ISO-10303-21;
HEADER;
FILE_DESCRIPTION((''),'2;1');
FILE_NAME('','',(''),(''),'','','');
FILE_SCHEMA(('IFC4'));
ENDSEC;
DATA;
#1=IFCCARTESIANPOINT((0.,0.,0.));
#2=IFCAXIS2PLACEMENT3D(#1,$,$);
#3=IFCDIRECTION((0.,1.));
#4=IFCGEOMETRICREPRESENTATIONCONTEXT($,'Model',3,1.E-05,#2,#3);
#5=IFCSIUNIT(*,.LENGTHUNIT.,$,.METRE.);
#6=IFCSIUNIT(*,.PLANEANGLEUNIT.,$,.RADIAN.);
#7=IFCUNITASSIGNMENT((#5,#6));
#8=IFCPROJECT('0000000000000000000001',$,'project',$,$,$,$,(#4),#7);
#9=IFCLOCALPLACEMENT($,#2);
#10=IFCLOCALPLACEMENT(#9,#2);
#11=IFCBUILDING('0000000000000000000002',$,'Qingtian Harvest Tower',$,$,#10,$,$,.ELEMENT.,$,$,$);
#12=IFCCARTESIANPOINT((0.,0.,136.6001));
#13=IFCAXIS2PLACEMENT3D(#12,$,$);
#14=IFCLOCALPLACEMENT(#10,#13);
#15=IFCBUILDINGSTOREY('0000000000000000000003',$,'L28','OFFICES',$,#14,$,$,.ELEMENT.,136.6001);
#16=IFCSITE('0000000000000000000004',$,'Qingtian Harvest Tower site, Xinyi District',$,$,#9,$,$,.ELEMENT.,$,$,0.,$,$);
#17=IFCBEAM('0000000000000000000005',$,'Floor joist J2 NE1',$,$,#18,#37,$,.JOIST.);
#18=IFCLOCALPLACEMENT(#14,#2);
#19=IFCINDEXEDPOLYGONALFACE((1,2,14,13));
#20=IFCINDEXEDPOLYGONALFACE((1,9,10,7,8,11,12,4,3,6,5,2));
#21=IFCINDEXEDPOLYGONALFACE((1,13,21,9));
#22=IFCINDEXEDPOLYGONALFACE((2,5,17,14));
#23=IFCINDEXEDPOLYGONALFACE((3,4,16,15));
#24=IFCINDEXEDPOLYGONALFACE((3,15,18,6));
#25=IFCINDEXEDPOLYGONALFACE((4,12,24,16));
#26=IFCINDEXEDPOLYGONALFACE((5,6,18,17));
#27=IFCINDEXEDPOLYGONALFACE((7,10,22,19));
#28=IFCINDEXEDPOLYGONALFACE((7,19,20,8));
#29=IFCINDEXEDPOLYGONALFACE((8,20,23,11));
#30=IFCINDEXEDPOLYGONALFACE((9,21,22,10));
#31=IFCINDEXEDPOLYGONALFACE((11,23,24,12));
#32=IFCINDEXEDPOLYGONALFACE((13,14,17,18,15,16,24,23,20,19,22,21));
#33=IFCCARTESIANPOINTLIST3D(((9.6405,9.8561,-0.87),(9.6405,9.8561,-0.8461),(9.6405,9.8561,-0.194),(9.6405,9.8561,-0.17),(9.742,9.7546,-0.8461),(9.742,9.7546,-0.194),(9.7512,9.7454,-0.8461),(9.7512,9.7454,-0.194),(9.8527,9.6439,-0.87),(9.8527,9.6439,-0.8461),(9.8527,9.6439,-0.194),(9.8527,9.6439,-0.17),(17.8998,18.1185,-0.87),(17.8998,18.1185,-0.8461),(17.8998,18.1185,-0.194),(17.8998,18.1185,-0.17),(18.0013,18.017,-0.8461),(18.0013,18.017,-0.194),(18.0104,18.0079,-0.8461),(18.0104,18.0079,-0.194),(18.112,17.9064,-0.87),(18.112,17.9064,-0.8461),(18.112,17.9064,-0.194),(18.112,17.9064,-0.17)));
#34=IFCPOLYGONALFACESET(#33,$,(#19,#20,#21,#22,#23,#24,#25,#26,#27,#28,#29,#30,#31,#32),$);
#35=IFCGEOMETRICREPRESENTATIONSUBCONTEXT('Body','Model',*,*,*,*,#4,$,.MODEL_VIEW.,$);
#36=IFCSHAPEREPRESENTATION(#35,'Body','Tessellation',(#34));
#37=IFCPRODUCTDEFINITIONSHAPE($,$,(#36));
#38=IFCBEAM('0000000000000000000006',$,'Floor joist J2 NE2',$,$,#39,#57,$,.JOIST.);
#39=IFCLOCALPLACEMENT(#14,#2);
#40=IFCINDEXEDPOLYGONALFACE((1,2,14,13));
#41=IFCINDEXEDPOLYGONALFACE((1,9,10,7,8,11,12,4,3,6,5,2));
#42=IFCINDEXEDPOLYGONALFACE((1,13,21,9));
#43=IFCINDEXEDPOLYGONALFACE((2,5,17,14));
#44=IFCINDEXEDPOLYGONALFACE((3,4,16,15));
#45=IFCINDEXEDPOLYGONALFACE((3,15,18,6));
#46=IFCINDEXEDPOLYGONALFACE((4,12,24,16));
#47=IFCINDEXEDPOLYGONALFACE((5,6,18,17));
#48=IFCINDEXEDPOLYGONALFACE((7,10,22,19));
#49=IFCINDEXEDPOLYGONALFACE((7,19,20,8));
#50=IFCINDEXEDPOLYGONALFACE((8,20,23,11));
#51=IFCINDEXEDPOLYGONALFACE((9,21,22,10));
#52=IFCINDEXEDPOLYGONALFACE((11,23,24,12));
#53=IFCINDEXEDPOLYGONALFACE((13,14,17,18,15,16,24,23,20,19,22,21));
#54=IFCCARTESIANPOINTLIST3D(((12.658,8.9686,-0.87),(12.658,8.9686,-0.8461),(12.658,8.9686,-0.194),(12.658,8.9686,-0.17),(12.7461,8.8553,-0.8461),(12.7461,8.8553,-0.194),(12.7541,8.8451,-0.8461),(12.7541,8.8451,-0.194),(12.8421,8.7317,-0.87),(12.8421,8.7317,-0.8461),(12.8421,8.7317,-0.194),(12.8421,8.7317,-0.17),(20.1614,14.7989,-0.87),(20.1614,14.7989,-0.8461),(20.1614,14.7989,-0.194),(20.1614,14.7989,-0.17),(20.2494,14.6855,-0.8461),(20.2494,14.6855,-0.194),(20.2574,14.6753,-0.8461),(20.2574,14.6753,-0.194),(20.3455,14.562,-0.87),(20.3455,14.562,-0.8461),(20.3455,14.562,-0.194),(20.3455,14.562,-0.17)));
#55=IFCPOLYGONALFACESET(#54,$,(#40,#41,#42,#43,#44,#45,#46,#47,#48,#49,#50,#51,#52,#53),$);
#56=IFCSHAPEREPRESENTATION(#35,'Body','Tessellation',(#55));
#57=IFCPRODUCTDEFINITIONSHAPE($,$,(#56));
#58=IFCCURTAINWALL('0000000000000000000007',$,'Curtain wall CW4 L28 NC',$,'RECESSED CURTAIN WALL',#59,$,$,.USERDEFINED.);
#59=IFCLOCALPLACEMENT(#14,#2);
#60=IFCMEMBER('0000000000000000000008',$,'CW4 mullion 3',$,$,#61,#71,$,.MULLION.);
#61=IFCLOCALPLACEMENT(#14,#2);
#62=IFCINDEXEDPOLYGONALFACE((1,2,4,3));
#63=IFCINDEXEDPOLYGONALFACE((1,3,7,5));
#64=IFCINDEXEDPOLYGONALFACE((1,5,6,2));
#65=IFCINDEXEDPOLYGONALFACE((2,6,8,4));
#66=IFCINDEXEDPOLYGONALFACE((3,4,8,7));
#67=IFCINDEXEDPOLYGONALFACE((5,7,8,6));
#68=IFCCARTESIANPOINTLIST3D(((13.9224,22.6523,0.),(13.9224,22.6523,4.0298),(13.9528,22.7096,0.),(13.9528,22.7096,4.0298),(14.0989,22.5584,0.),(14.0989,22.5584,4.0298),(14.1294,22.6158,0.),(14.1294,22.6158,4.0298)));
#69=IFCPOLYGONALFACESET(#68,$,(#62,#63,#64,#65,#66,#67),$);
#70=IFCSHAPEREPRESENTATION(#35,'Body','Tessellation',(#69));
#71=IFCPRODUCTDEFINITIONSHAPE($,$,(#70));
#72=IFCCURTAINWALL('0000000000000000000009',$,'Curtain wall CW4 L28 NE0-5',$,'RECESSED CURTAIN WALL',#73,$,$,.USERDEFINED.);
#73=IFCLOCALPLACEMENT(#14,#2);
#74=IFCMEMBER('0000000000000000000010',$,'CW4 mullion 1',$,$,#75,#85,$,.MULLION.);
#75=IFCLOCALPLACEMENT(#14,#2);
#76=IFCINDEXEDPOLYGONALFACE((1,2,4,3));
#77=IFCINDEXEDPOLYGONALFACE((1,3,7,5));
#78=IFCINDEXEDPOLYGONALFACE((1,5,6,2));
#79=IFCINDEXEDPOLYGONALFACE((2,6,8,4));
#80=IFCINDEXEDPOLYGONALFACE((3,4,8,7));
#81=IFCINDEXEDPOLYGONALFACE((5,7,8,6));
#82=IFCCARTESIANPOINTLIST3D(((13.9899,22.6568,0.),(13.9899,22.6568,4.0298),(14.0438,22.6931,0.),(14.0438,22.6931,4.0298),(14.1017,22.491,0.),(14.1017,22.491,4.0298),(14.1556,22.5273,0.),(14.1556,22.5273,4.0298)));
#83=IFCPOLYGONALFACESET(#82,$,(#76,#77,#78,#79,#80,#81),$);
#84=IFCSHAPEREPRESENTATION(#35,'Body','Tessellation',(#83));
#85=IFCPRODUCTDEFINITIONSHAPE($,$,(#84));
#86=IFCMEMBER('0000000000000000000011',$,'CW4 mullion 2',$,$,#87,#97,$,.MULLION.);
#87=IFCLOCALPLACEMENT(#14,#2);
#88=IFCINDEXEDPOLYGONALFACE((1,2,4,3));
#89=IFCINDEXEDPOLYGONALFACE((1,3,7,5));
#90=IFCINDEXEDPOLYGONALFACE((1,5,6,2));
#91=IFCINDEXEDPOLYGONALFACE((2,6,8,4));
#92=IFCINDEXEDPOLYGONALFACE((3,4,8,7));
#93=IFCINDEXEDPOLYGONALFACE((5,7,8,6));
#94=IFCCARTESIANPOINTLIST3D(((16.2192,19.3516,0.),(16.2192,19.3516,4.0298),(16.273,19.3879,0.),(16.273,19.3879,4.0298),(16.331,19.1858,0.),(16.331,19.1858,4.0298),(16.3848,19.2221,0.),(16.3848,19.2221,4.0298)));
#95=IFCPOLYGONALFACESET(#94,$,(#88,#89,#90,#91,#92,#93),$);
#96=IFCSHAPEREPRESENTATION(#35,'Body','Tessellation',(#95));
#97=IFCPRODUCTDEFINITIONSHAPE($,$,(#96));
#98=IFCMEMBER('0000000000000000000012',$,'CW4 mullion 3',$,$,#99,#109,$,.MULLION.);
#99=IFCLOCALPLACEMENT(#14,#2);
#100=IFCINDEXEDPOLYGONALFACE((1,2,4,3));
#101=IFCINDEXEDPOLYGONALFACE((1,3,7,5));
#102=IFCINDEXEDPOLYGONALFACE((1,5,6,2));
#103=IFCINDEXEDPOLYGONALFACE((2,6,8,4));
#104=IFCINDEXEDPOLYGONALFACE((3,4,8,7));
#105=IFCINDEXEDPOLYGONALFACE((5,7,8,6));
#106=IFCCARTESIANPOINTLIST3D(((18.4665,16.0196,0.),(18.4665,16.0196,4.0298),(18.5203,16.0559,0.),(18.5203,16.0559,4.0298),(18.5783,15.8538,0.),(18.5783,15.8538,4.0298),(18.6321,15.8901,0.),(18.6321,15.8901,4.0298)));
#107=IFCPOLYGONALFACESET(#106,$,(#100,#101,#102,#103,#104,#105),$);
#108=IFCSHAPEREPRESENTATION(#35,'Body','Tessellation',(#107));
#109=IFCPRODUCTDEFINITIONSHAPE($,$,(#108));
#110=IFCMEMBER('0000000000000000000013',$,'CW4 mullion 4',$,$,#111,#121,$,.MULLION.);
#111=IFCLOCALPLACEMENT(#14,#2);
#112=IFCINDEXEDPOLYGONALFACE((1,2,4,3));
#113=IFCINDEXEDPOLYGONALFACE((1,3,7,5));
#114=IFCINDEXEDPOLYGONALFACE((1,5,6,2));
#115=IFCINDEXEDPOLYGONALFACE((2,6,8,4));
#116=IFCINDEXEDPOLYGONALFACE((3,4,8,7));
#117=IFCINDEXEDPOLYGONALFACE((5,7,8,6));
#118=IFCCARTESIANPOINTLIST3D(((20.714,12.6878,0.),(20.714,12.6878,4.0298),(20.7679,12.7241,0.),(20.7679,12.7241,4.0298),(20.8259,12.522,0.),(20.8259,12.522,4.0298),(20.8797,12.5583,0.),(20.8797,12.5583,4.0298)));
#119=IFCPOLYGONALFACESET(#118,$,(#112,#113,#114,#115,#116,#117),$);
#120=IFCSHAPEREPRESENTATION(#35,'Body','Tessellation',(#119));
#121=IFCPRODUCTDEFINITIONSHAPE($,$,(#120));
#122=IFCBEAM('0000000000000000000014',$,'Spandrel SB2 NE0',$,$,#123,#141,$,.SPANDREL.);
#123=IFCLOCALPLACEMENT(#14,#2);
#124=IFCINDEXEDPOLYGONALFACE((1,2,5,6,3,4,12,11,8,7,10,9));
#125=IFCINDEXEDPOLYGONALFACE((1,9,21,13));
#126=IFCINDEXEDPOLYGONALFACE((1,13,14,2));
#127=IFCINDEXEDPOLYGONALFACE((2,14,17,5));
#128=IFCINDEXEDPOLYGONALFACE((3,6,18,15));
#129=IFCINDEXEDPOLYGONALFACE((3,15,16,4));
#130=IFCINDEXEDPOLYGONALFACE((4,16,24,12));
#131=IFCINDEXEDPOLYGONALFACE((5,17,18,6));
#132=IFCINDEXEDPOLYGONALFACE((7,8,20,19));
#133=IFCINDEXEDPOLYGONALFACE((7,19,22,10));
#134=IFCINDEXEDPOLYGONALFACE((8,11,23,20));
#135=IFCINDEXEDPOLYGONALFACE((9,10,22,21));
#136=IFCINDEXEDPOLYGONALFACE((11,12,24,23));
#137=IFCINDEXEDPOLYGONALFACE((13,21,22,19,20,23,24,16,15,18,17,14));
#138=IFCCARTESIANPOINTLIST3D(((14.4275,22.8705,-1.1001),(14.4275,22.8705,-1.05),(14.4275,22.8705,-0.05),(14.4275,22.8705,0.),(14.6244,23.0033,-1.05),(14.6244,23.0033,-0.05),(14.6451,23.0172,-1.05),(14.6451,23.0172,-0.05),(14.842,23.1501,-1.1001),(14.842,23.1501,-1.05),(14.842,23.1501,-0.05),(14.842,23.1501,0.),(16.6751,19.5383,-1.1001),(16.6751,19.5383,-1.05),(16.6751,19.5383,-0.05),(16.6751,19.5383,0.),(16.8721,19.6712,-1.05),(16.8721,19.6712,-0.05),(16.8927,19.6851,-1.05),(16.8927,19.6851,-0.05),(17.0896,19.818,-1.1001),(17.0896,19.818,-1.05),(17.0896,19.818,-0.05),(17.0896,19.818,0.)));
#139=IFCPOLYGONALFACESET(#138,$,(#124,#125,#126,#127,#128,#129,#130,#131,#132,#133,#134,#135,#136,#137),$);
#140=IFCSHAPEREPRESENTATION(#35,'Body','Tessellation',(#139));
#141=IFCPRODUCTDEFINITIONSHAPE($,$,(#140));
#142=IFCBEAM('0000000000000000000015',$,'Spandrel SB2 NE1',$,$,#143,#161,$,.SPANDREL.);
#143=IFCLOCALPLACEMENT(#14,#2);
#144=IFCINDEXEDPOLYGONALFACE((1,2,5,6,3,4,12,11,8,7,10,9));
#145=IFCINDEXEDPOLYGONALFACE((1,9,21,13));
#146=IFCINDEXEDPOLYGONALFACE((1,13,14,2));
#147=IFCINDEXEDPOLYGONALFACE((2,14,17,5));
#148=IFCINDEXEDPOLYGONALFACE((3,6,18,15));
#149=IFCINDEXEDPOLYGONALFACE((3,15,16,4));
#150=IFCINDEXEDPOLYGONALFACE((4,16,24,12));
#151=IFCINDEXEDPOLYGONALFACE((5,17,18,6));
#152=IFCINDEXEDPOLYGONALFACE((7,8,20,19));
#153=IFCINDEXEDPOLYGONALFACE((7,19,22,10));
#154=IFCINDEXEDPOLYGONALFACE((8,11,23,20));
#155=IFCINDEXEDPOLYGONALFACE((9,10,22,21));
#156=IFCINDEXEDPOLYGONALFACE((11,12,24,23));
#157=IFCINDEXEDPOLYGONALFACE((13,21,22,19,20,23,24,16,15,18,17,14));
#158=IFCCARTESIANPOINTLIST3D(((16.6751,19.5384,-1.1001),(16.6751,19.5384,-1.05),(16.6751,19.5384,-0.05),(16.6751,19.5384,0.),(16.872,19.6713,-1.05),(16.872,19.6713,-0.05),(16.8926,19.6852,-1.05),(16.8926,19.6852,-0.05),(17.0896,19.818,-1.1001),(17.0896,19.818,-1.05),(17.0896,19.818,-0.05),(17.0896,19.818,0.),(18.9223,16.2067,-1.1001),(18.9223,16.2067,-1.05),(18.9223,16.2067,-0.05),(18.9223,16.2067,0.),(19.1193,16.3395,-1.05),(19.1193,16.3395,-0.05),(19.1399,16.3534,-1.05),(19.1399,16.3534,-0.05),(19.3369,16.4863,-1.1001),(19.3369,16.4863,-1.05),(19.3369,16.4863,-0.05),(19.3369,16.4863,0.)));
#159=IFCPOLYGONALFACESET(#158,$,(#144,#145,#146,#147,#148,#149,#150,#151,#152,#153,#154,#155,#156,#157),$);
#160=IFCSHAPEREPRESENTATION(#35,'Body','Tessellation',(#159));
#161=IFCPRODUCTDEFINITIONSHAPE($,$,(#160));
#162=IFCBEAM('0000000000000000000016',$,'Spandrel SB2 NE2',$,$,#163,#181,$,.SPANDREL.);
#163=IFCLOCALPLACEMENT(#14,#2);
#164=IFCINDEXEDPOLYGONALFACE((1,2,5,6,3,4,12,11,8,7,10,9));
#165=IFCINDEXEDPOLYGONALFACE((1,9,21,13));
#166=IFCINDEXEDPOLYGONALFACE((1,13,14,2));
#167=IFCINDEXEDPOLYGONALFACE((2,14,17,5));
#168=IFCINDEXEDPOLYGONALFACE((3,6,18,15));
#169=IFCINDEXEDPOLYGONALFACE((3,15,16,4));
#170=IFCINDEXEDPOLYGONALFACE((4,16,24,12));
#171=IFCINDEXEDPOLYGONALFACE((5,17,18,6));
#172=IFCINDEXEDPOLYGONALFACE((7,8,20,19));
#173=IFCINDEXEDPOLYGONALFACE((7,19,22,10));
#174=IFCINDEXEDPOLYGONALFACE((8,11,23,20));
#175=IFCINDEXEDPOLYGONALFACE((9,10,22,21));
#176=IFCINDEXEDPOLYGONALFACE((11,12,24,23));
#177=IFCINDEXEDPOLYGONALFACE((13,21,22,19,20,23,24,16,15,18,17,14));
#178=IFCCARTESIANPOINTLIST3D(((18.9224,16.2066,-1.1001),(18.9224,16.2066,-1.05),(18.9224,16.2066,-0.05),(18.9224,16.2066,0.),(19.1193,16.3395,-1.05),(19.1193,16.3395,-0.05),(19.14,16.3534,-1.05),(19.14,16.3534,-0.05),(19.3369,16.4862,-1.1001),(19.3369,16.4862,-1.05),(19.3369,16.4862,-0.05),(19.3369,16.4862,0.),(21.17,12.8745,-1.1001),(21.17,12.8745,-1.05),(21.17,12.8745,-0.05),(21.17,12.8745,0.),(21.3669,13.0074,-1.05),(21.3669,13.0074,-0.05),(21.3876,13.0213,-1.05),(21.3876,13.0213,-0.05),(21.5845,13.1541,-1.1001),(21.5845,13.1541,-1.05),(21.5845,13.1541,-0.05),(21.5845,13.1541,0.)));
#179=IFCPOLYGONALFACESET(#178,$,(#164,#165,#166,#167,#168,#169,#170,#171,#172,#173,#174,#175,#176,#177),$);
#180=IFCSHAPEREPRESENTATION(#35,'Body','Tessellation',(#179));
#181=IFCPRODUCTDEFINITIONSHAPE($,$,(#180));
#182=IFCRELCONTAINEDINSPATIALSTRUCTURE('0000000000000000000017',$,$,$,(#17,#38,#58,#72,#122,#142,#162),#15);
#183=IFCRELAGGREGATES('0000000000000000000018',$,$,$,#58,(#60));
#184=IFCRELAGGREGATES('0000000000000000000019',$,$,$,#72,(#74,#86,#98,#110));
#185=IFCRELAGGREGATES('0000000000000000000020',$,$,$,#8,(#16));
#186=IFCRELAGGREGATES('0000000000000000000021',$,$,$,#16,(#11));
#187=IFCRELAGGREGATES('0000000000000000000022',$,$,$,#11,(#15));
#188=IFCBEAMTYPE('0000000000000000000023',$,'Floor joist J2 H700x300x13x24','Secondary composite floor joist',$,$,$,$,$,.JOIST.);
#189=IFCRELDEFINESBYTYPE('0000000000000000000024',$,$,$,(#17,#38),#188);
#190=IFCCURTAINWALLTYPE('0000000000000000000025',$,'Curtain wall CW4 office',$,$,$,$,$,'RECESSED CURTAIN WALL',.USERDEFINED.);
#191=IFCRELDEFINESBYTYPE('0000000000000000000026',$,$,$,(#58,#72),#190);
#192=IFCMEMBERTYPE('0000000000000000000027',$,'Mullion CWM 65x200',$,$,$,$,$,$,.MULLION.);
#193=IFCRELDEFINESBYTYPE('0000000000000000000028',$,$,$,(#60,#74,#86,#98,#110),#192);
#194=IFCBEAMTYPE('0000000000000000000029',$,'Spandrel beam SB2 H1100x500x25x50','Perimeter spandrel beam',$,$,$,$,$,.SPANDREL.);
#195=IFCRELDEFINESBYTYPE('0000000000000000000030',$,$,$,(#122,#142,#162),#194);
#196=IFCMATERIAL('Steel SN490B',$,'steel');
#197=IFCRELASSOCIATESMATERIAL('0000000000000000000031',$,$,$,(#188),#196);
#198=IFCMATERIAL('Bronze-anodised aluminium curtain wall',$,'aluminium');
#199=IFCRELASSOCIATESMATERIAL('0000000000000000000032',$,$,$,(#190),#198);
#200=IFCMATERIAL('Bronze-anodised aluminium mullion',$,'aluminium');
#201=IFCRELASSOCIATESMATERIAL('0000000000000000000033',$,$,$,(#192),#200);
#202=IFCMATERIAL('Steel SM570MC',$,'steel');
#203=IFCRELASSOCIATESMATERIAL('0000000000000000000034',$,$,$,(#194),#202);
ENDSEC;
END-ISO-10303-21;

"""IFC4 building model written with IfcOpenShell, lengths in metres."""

from ifc_helpers import new_model, si_unit, direction, frame, origin, origin_2d, place, context, subcontext, project, spatial, rectangle, i_section, extrude, material, material_profile, profile_set, type_object, element, aggregate, save


model = new_model("IFC4")

# Units and contexts
model_context = context("Model", 3, precision=1e-05, world=origin(), true_north=direction((0.0, 1.0)))
body_context = subcontext(model_context, "Body", "Model", "MODEL_VIEW")
ifc_project = project(units=[si_unit("LENGTHUNIT", "METRE"), si_unit("PLANEANGLEUNIT", "RADIAN")], contexts=[model_context])

# Site, building, storey
site_placement = place(None, origin())
site = spatial("IfcSite", under=ifc_project, at=site_placement, Name="Qingtian Harvest Tower site, Xinyi District", CompositionType="ELEMENT", RefElevation=0.0)
building_placement = place(site_placement, origin())
building = spatial("IfcBuilding", under=site, at=building_placement, Name="Qingtian Harvest Tower", CompositionType="ELEMENT")
storey_placement = place(building_placement, frame((0.0, 0.0, 136.6001)))
storey = spatial("IfcBuildingStorey", under=building, at=storey_placement, Name="L28", Description="OFFICES", CompositionType="ELEMENT", Elevation=136.6001)

# Beams
ifc_material_1 = material(Name="Steel SN490B", Category="steel")
ifc_material_profile_1 = material_profile(ifc_material_1, i_section(OverallWidth=0.3, OverallDepth=0.7, WebThickness=0.0129, FlangeThickness=0.0239, at=origin_2d()), Name="H700x300x13x24")
ifc_profile_set_1 = profile_set([ifc_material_profile_1], Name="Steel SN490B")
beam_type_1 = type_object("IfcBeamType", Name="Floor joist J2 H700x300x13x24", Description="Secondary composite floor joist", PredefinedType="JOIST", material=ifc_profile_set_1)
beam_1_placement = place(storey_placement, frame((18.0059, 18.0125, -0.52), z_axis=(-0.706971, -0.707243, 0.0), x_axis=(0.707243, -0.706971, 0.0)))
element("IfcBeam", 1, at=beam_1_placement, inside=storey, type_object=beam_type_1, Name="Floor joist J2 NE1", PredefinedType="JOIST", context=body_context, shape_type="SweptSolid", body=[
    extrude(i_section(OverallWidth=0.3, OverallDepth=0.7, WebThickness=0.0129, FlangeThickness=0.0239, at=origin_2d()), origin(), (0.0, 0.0, 1.0), 11.6826),
])
beam_2_placement = place(storey_placement, frame((20.2534, 14.6804, -0.52), z_axis=(-0.789641, -0.613569, 0.0), x_axis=(0.613569, -0.789641, 0.0)))
element("IfcBeam", 2, at=beam_2_placement, inside=storey, type_object=beam_type_1, Name="Floor joist J2 NE2", PredefinedType="JOIST", context=body_context, shape_type="SweptSolid", body=[
    extrude(i_section(OverallWidth=0.3, OverallDepth=0.7, WebThickness=0.0129, FlangeThickness=0.0239, at=origin_2d()), origin(), (0.0, 0.0, 1.0), 9.5022),
])

# Curtain wall, member
ifc_material_2 = material(Name="Bronze-anodised aluminium curtain wall", Category="aluminium")
curtain_wall_type = type_object("IfcCurtainWallType", Name="Curtain wall CW4 office", ElementType="RECESSED CURTAIN WALL", PredefinedType="USERDEFINED", material=ifc_material_2)
curtain_wall_1_placement = place(storey_placement, origin())
curtain_wall_1 = element("IfcCurtainWall", 3, at=curtain_wall_1_placement, inside=storey, type_object=curtain_wall_type, Name="Curtain wall CW4 L28 NC", ObjectType="RECESSED CURTAIN WALL", PredefinedType="USERDEFINED")
ifc_material_3 = material(Name="Bronze-anodised aluminium mullion", Category="aluminium")
ifc_material_profile_2 = material_profile(ifc_material_3, rectangle(XDim=0.0649, YDim=0.2, at=origin_2d()), Name="AL 65x200")
ifc_profile_set_2 = profile_set([ifc_material_profile_2], Name="Bronze-anodised aluminium mullion")
member_type_1 = type_object("IfcMemberType", Name="Mullion CWM 65x200", PredefinedType="MULLION", material=ifc_profile_set_2)
member_1_placement = place(storey_placement, frame((14.0259, 22.634, 0.0), z_axis=(0.0, 0.0, 1.0), x_axis=(0.469472, 0.882948, 0.0)))
member_1 = element("IfcMember", 4, at=member_1_placement, type_object=member_type_1, Name="CW4 mullion 3", PredefinedType="MULLION", context=body_context, shape_type="SweptSolid", body=[
    extrude(rectangle(XDim=0.0649, YDim=0.2, at=origin_2d()), origin(), (0.0, 0.0, 1.0), 4.0298),
])

# Curtain wall, members
curtain_wall_2_placement = place(storey_placement, origin())
curtain_wall_2 = element("IfcCurtainWall", 5, at=curtain_wall_2_placement, inside=storey, type_object=curtain_wall_type, Name="Curtain wall CW4 L28 NE0-5", ObjectType="RECESSED CURTAIN WALL", PredefinedType="USERDEFINED")
member_2_placement = place(storey_placement, frame((14.0728, 22.592, 0.0), z_axis=(0.0, 0.0, 1.0), x_axis=(0.829038, 0.559193, 0.0)))
member_2 = element("IfcMember", 6, at=member_2_placement, type_object=member_type_1, Name="CW4 mullion 1", PredefinedType="MULLION", context=body_context, shape_type="SweptSolid", body=[
    extrude(rectangle(XDim=0.0649, YDim=0.2, at=origin_2d()), origin(), (0.0, 0.0, 1.0), 4.0298),
])
member_3_placement = place(storey_placement, frame((16.302, 19.2869, 0.0), z_axis=(0.0, 0.0, 1.0), x_axis=(0.829038, 0.559193, 0.0)))
member_3 = element("IfcMember", 7, at=member_3_placement, type_object=member_type_1, Name="CW4 mullion 2", PredefinedType="MULLION", context=body_context, shape_type="SweptSolid", body=[
    extrude(rectangle(XDim=0.0649, YDim=0.2, at=origin_2d()), origin(), (0.0, 0.0, 1.0), 4.0298),
])
member_4_placement = place(storey_placement, frame((18.5493, 15.9548, 0.0), z_axis=(0.0, 0.0, 1.0), x_axis=(0.829038, 0.559193, 0.0)))
member_4 = element("IfcMember", 8, at=member_4_placement, type_object=member_type_1, Name="CW4 mullion 3", PredefinedType="MULLION", context=body_context, shape_type="SweptSolid", body=[
    extrude(rectangle(XDim=0.0649, YDim=0.2, at=origin_2d()), origin(), (0.0, 0.0, 1.0), 4.0298),
])
member_5_placement = place(storey_placement, frame((20.7969, 12.623, 0.0), z_axis=(0.0, 0.0, 1.0), x_axis=(0.829038, 0.559193, 0.0)))
member_5 = element("IfcMember", 9, at=member_5_placement, type_object=member_type_1, Name="CW4 mullion 4", PredefinedType="MULLION", context=body_context, shape_type="SweptSolid", body=[
    extrude(rectangle(XDim=0.0649, YDim=0.2, at=origin_2d()), origin(), (0.0, 0.0, 1.0), 4.0298),
])

# Beams
ifc_material_4 = material(Name="Steel SM570MC", Category="steel")
ifc_material_profile_3 = material_profile(ifc_material_4, i_section(OverallWidth=0.5, OverallDepth=1.1001, WebThickness=0.0249, FlangeThickness=0.05, at=origin_2d()), Name="H1100x500x25x50")
ifc_profile_set_3 = profile_set([ifc_material_profile_3], Name="Steel SM570MC")
beam_type_2 = type_object("IfcBeamType", Name="Spandrel beam SB2 H1100x500x25x50", Description="Perimeter spandrel beam", PredefinedType="SPANDREL", material=ifc_profile_set_3)
beam_3_placement = place(storey_placement, frame((14.6348, 23.0103, -0.55), z_axis=(0.559206, -0.829029, 0.0), x_axis=(0.829029, 0.559206, 0.0)))
element("IfcBeam", 10, at=beam_3_placement, inside=storey, type_object=beam_type_2, Name="Spandrel SB2 NE0", PredefinedType="SPANDREL", context=body_context, shape_type="SweptSolid", body=[
    extrude(i_section(OverallWidth=0.5, OverallDepth=1.1001, WebThickness=0.0249, FlangeThickness=0.05, at=origin_2d()), origin(), (0.0, 0.0, 1.0), 4.0193),
])
beam_4_placement = place(storey_placement, frame((16.8823, 19.6782, -0.55), z_axis=(0.559192, -0.829038, 0.0), x_axis=(0.829038, 0.559192, 0.0)))
element("IfcBeam", 11, at=beam_4_placement, inside=storey, type_object=beam_type_2, Name="Spandrel SB2 NE1", PredefinedType="SPANDREL", context=body_context, shape_type="SweptSolid", body=[
    extrude(i_section(OverallWidth=0.5, OverallDepth=1.1001, WebThickness=0.0249, FlangeThickness=0.05, at=origin_2d()), origin(), (0.0, 0.0, 1.0), 4.0188),
])
beam_5_placement = place(storey_placement, frame((19.1296, 16.3464, -0.55), z_axis=(0.559206, -0.829029, 0.0), x_axis=(0.829029, 0.559206, 0.0)))
element("IfcBeam", 12, at=beam_5_placement, inside=storey, type_object=beam_type_2, Name="Spandrel SB2 NE2", PredefinedType="SPANDREL", context=body_context, shape_type="SweptSolid", body=[
    extrude(i_section(OverallWidth=0.5, OverallDepth=1.1001, WebThickness=0.0249, FlangeThickness=0.05, at=origin_2d()), origin(), (0.0, 0.0, 1.0), 4.0193),
])

aggregate(curtain_wall_1, [member_1])
aggregate(curtain_wall_2, [member_2, member_3, member_4, member_5])

save(model, "model.ifc")
